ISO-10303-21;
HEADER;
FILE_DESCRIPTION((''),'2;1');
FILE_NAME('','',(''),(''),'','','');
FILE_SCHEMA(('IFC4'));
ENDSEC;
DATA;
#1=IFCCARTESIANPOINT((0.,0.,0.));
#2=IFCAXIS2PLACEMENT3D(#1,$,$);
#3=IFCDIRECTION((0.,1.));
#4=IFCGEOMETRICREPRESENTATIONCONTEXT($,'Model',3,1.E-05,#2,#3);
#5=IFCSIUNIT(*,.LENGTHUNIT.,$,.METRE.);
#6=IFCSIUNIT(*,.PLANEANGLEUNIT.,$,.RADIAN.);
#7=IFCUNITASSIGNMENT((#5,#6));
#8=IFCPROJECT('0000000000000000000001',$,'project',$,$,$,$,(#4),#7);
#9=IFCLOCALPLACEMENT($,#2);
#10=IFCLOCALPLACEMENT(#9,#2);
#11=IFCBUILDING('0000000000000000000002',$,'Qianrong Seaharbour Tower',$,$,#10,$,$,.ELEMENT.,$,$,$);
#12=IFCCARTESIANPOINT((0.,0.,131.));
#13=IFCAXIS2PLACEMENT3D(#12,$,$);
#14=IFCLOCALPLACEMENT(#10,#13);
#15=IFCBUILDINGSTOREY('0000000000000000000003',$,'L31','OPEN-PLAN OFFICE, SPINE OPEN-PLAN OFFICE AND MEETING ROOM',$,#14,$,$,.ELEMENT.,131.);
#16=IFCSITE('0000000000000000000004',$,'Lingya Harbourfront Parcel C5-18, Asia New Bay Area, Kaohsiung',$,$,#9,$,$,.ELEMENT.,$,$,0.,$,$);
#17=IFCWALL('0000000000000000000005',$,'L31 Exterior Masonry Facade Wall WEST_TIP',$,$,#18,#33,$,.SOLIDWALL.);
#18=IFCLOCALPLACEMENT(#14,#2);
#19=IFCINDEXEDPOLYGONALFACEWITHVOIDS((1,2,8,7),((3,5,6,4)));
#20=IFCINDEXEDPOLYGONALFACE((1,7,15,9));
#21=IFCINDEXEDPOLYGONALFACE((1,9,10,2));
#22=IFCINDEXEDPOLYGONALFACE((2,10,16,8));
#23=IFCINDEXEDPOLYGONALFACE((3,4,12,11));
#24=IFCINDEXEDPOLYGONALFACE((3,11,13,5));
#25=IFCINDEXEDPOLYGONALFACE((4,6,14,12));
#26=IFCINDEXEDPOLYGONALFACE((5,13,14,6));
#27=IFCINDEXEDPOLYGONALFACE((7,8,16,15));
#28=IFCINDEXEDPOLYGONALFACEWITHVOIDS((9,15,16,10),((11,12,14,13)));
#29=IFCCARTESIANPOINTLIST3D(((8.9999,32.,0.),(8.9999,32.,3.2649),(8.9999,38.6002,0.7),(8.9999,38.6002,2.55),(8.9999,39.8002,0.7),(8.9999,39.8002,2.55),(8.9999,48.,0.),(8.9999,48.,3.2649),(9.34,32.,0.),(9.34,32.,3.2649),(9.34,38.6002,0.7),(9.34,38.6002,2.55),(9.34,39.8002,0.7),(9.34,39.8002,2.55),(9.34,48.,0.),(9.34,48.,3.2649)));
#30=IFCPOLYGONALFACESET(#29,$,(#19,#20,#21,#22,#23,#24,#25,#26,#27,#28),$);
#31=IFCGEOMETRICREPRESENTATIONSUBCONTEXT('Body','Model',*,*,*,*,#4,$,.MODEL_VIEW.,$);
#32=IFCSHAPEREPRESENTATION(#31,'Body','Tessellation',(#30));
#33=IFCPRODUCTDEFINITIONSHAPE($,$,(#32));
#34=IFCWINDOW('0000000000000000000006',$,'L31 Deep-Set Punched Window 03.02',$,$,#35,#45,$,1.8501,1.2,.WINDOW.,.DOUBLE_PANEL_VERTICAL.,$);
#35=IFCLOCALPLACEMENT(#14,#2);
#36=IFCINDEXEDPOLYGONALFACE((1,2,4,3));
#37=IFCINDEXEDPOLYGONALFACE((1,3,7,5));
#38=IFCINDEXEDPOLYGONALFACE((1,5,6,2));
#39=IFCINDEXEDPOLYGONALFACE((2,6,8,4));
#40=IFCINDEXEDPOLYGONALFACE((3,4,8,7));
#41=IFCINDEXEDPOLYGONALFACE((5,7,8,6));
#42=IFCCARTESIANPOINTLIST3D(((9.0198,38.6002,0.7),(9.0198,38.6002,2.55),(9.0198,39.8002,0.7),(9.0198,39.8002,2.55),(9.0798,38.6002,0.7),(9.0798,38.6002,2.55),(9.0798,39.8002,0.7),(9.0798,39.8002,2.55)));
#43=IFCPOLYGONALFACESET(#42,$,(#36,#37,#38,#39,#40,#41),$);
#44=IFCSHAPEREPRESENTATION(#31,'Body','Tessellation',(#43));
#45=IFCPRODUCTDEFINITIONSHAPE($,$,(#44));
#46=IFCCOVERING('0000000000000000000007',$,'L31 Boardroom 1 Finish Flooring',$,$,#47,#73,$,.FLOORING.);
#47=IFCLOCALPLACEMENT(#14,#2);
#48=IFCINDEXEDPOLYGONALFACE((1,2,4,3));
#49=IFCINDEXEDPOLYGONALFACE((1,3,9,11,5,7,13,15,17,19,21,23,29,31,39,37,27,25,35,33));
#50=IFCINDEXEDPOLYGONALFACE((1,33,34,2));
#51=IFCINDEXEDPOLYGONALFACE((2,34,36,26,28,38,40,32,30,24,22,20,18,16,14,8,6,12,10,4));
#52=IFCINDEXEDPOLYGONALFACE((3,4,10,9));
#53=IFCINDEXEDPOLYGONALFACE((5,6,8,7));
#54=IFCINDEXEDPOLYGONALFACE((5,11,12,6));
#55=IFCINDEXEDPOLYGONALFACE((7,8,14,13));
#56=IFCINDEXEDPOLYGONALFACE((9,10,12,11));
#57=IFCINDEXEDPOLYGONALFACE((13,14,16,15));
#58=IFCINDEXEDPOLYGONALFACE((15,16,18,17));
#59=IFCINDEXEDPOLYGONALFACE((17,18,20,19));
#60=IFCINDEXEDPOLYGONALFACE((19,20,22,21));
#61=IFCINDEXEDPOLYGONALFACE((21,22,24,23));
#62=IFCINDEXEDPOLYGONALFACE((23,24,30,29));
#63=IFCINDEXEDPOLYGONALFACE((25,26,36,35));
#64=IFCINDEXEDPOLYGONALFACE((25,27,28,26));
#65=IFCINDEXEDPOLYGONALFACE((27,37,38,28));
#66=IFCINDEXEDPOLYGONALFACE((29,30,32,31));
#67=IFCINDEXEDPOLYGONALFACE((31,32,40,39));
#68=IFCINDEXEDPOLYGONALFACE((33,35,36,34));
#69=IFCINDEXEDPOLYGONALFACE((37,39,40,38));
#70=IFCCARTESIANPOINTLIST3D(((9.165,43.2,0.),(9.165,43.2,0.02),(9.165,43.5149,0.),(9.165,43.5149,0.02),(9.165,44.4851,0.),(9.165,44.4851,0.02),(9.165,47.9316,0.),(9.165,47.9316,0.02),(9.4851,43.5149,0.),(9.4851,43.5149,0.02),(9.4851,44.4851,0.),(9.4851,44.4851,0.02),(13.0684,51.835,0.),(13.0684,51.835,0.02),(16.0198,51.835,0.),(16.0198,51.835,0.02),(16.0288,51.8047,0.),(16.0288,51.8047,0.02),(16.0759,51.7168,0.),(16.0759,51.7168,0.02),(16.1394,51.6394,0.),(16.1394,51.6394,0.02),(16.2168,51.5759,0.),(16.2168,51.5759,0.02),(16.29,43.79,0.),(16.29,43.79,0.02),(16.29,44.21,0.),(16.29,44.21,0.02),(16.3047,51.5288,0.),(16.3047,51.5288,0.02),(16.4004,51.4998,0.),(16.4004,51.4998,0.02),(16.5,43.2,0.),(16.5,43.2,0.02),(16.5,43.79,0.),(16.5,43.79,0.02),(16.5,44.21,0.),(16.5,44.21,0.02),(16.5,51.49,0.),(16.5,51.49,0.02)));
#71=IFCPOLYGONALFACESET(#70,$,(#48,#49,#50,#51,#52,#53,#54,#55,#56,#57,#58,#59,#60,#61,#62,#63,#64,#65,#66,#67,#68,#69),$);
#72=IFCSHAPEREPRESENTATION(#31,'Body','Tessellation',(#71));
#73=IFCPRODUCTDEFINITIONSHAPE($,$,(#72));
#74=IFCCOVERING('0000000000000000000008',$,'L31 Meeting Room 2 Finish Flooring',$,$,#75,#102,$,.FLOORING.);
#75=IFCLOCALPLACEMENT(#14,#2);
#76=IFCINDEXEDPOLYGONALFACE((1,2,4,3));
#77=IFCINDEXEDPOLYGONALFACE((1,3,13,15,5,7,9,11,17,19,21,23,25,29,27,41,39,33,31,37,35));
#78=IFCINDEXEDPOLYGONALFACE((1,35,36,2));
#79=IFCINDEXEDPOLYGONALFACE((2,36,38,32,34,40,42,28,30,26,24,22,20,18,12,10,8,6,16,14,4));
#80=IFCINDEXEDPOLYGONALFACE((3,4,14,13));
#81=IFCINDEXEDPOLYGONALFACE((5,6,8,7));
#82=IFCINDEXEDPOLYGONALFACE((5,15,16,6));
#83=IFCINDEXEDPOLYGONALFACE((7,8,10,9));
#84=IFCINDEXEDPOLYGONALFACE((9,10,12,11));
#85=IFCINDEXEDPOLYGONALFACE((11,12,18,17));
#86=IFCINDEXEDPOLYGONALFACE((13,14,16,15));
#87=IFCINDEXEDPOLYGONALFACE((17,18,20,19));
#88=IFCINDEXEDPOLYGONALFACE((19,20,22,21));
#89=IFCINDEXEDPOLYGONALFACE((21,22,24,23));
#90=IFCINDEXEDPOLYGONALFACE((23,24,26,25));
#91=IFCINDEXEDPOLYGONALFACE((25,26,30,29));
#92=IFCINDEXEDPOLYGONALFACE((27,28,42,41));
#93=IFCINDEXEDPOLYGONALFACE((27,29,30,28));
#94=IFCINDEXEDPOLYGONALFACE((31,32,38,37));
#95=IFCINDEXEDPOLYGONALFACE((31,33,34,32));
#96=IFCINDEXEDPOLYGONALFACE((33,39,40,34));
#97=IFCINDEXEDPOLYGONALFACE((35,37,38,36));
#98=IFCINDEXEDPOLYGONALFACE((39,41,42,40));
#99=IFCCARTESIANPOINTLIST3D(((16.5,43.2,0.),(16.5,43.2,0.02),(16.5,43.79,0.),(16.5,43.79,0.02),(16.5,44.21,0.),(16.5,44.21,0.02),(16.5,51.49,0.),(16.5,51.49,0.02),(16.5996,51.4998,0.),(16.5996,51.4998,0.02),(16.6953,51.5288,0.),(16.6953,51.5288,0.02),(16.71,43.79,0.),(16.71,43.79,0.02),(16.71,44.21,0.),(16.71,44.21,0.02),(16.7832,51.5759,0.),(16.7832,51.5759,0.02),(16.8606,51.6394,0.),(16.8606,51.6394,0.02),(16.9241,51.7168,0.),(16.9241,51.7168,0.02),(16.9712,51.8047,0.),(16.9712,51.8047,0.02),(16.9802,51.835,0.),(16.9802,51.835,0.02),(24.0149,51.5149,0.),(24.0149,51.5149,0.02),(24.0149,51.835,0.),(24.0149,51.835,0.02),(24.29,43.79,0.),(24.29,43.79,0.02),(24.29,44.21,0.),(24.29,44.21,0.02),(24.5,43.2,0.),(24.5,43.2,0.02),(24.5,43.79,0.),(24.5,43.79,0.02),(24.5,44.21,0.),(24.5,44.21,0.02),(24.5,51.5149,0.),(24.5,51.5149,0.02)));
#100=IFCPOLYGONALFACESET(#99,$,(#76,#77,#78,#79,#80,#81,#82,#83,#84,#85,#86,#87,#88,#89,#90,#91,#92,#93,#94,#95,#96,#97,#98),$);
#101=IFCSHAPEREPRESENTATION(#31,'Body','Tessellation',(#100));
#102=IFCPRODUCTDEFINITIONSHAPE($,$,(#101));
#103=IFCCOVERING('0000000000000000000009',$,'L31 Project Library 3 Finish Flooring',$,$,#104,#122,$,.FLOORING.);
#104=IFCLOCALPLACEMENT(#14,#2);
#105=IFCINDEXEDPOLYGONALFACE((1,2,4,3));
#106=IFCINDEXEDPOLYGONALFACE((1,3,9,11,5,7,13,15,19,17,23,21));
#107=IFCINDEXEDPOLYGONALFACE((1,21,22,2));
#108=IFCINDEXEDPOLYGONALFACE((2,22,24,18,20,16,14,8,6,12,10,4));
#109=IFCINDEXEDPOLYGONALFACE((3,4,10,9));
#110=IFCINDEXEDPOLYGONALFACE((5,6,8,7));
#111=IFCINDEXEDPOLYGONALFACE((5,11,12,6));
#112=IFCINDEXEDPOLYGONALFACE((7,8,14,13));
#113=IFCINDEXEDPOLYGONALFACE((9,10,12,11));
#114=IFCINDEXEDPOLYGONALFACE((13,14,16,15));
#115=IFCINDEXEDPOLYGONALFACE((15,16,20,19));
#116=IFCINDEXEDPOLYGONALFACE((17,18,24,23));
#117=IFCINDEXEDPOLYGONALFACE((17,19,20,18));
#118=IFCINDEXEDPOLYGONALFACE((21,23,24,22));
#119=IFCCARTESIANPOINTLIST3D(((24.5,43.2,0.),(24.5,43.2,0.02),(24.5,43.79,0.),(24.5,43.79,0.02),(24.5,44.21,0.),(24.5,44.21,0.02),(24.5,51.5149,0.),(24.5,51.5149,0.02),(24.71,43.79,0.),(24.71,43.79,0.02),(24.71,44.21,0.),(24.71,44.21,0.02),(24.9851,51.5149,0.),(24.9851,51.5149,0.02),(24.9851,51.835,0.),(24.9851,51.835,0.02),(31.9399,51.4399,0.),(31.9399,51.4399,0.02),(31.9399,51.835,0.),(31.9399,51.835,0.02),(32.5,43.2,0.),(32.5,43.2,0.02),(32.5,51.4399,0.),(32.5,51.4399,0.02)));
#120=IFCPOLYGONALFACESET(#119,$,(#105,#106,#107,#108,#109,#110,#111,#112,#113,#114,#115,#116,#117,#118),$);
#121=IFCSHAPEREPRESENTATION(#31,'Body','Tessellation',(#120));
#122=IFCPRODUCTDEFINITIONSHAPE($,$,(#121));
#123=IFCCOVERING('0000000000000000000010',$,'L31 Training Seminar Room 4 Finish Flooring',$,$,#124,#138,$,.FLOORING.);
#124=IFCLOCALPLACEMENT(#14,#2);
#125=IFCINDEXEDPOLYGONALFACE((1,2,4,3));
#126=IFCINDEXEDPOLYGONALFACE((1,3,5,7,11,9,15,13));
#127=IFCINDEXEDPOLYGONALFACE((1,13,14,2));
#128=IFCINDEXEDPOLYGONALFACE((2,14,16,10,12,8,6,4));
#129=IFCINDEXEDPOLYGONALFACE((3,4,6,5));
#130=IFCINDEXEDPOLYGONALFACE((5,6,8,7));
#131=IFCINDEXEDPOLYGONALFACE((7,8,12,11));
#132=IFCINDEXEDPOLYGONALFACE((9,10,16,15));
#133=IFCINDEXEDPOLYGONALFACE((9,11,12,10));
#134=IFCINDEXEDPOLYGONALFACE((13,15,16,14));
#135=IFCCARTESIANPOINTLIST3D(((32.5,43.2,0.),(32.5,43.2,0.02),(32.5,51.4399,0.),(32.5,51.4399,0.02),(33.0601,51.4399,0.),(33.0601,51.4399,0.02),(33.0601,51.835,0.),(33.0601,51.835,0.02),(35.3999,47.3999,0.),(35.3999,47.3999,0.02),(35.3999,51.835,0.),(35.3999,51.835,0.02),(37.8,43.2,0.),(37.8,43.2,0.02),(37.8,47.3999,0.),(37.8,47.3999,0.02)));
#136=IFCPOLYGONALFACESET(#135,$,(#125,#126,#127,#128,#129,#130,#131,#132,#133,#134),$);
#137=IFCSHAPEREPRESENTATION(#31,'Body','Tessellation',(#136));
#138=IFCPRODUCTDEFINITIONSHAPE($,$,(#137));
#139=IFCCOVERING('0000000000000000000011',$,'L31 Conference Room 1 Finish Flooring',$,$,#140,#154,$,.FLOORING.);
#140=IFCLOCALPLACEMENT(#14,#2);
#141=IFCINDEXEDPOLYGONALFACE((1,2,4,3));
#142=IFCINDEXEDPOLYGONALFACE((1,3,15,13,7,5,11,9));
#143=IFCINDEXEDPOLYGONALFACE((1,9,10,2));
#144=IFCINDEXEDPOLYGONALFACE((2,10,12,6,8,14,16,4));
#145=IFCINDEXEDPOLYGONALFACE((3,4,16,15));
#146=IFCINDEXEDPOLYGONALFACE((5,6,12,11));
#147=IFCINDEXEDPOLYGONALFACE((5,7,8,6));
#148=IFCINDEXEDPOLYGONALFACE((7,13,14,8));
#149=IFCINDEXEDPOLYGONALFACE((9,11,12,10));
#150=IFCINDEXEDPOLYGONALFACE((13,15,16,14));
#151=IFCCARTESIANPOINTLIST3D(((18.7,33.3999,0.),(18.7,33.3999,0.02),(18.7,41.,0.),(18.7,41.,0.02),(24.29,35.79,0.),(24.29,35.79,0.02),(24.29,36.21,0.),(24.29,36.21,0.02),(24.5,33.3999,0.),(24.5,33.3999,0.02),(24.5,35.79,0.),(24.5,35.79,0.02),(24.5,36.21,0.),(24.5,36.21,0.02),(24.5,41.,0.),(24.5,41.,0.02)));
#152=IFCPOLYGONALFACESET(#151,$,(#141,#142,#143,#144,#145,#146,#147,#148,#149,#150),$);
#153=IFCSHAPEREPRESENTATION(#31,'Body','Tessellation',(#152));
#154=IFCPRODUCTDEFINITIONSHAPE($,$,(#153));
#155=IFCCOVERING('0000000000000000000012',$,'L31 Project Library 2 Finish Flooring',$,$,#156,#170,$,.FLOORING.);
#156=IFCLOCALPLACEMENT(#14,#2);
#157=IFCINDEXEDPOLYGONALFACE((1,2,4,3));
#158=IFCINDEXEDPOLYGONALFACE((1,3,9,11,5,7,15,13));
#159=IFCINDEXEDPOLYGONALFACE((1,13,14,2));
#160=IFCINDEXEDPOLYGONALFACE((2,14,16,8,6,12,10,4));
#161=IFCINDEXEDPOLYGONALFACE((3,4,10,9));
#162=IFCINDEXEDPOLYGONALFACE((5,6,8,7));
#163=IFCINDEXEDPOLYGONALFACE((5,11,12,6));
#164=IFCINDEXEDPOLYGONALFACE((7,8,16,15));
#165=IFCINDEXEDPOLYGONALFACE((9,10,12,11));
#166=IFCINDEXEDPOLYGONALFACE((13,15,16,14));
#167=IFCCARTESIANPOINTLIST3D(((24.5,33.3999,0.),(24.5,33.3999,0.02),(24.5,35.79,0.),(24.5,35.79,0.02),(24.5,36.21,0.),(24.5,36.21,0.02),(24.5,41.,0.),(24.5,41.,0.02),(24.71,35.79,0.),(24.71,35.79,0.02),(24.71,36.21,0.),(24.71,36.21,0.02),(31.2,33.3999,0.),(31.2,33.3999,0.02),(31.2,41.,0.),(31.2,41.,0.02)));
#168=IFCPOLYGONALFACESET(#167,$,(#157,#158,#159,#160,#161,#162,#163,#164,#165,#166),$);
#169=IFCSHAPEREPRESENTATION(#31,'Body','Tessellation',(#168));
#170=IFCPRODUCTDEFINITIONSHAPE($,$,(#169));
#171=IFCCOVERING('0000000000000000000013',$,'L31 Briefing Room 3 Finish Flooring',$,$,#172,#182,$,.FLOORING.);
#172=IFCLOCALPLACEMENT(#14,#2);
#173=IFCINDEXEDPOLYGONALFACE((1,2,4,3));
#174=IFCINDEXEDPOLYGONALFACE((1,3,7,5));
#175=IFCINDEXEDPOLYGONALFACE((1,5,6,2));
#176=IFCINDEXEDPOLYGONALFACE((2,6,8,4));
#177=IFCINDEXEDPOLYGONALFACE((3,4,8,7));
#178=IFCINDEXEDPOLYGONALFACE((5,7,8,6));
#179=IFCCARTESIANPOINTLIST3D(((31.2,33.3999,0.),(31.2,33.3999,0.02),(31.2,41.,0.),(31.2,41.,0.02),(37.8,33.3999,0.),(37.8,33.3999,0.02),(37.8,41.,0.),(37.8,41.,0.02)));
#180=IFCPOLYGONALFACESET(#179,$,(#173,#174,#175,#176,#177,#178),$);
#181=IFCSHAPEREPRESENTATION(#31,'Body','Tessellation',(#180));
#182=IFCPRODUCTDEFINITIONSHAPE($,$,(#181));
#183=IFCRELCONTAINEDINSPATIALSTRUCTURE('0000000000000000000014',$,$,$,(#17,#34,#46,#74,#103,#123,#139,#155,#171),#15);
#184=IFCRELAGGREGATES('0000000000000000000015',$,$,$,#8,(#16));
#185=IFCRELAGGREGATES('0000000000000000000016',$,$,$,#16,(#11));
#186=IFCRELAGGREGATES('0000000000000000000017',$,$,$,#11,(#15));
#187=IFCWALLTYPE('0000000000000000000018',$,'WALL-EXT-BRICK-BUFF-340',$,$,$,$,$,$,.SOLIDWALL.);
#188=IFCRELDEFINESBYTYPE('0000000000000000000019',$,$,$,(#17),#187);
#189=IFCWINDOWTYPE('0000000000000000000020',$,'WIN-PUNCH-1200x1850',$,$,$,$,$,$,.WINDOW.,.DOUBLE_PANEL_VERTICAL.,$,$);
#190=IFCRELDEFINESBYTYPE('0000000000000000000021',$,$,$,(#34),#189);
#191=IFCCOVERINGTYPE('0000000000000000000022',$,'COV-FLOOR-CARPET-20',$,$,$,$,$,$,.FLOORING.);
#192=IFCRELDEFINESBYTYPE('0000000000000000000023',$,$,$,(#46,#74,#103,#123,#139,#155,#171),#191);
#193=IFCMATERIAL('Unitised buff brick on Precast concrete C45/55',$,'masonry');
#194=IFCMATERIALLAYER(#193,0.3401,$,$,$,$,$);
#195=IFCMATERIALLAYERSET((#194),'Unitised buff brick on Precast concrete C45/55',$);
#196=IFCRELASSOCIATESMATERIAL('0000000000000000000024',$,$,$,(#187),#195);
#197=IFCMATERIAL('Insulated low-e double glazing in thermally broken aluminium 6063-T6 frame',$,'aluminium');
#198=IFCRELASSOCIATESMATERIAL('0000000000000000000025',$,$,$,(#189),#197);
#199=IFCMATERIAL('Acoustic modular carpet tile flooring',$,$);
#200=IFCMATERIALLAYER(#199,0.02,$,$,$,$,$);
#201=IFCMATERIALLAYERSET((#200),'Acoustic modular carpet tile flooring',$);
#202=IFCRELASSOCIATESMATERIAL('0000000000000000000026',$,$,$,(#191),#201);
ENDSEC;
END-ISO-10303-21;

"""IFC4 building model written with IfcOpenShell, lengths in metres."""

from ifc_helpers import new_model, si_unit, direction, frame, frame_2d, origin, place, context, subcontext, project, spatial, polyline, rectangle, outline, extrude, material, layer, layer_set, type_object, element, fill, save


model = new_model("IFC4")

# Units and contexts
model_context = context("Model", 3, precision=1e-05, world=origin(), true_north=direction((0.0, 1.0)))
body_context = subcontext(model_context, "Body", "Model", "MODEL_VIEW")
ifc_project = project(units=[si_unit("LENGTHUNIT", "METRE"), si_unit("PLANEANGLEUNIT", "RADIAN")], contexts=[model_context])

# Site, building, storey
site_placement = place(None, origin())
site = spatial("IfcSite", under=ifc_project, at=site_placement, Name="Lingya Harbourfront Parcel C5-18, Asia New Bay Area, Kaohsiung", CompositionType="ELEMENT", RefElevation=0.0)
building_placement = place(site_placement, origin())
building = spatial("IfcBuilding", under=site, at=building_placement, Name="Qianrong Seaharbour Tower", CompositionType="ELEMENT")
storey_placement = place(building_placement, frame((0.0, 0.0, 131.0)))
storey = spatial("IfcBuildingStorey", under=building, at=storey_placement, Name="L31", Description="OPEN-PLAN OFFICE, SPINE OPEN-PLAN OFFICE AND MEETING ROOM", CompositionType="ELEMENT", Elevation=131.0)

# Shared definitions
ifc_material_1 = material(Name="Unitised buff brick on Precast concrete C45/55", Category="masonry")
ifc_layer_1 = layer(ifc_material_1, 0.3401)
ifc_layer_set_1 = layer_set([ifc_layer_1], Name="Unitised buff brick on Precast concrete C45/55")
wall_type_1 = type_object("IfcWallType", Name="WALL-EXT-BRICK-BUFF-340", PredefinedType="SOLIDWALL", material=ifc_layer_set_1)

# Wall, opening, window
wall_1_placement = place(storey_placement, frame((9.1699, 32.0, 0.0), z_axis=(0.0, 0.0, 1.0), x_axis=(0.0, 1.0, 0.0)))
wall_1 = element("IfcWall", 1, at=wall_1_placement, inside=storey, type_object=wall_type_1, Name="L31 Exterior Masonry Facade Wall WEST_TIP", PredefinedType="SOLIDWALL", context=body_context, shape_type="SweptSolid", body=[
    extrude(rectangle(XDim=16.0, YDim=0.3401, at=frame_2d((8.0, 0.0))), origin(), (0.0, 0.0, 1.0), 3.2649),
])
opening_1_placement = place(wall_1_placement, frame((6.6001, 0.0, 0.7)))
opening_1 = element("IfcOpeningElement", 2, at=opening_1_placement, cuts=wall_1, PredefinedType="OPENING", context=body_context, shape_type="SweptSolid", body=[
    extrude(rectangle(XDim=1.2, YDim=1.8501, at=frame_2d((0.6001, 0.925))), frame((0.0, 0.1802, 0.0), z_axis=(0.0, -1.0, 0.0), x_axis=(1.0, 0.0, 0.0)), (0.0, 0.0, 1.0), 0.3601),
])
ifc_material_2 = material(Name="Insulated low-e double glazing in thermally broken aluminium 6063-T6 frame", Category="aluminium")
window_type = type_object("IfcWindowType", Name="WIN-PUNCH-1200x1850", PartitioningType="DOUBLE_PANEL_VERTICAL", PredefinedType="WINDOW", material=ifc_material_2)
window_placement = place(opening_1_placement, origin())
window = element("IfcWindow", 3, at=window_placement, inside=storey, type_object=window_type, Name="L31 Deep-Set Punched Window 03.02", OverallHeight=1.8501, OverallWidth=1.2, PartitioningType="DOUBLE_PANEL_VERTICAL", PredefinedType="WINDOW", context=body_context, shape_type="SweptSolid", body=[
    extrude(rectangle(XDim=1.2, YDim=1.8501, at=frame_2d((0.6001, 0.925))), frame((0.0, 0.1501, 0.0), z_axis=(0.0, -1.0, 0.0), x_axis=(1.0, 0.0, 0.0)), (0.0, 0.0, 1.0), 0.0601),
])
fill(opening_1, window)

# Coverings
ifc_material_3 = material(Name="Acoustic modular carpet tile flooring")
ifc_layer_2 = layer(ifc_material_3, 0.02)
ifc_layer_set_2 = layer_set([ifc_layer_2], Name="Acoustic modular carpet tile flooring")
covering_type_1 = type_object("IfcCoveringType", Name="COV-FLOOR-CARPET-20", PredefinedType="FLOORING", material=ifc_layer_set_2)
covering_1_placement = place(storey_placement, origin())
element("IfcCovering", 4, at=covering_1_placement, inside=storey, type_object=covering_type_1, Name="L31 Boardroom 1 Finish Flooring", PredefinedType="FLOORING", context=body_context, shape_type="SweptSolid", body=[
    extrude(outline(polyline([(9.165, 43.5149), (9.4851, 43.5149), (9.4851, 44.4851), (9.165, 44.4851), (9.165, 47.9316), (13.0684, 51.835), (16.0198, 51.835), (16.0288, 51.8047), (16.0759, 51.7168), (16.1394, 51.6394), (16.2168, 51.5759), (16.3047, 51.5288), (16.4004, 51.4998), (16.5, 51.49), (16.5, 44.21), (16.29, 44.21), (16.29, 43.79), (16.5, 43.79), (16.5, 43.2), (9.165, 43.2), (9.165, 43.5149)])), origin(), (0.0, 0.0, 1.0), 0.02),
])
covering_2_placement = place(storey_placement, origin())
element("IfcCovering", 5, at=covering_2_placement, inside=storey, type_object=covering_type_1, Name="L31 Meeting Room 2 Finish Flooring", PredefinedType="FLOORING", context=body_context, shape_type="SweptSolid", body=[
    extrude(outline(polyline([(16.5, 43.79), (16.71, 43.79), (16.71, 44.21), (16.5, 44.21), (16.5, 51.49), (16.5996, 51.4998), (16.6953, 51.5288), (16.7832, 51.5759), (16.8606, 51.6394), (16.9241, 51.7168), (16.9712, 51.8047), (16.9802, 51.835), (24.0149, 51.835), (24.0149, 51.5149), (24.5, 51.5149), (24.5, 44.21), (24.29, 44.21), (24.29, 43.79), (24.5, 43.79), (24.5, 43.2), (16.5, 43.2), (16.5, 43.79)])), origin(), (0.0, 0.0, 1.0), 0.02),
])
covering_3_placement = place(storey_placement, origin())
element("IfcCovering", 6, at=covering_3_placement, inside=storey, type_object=covering_type_1, Name="L31 Project Library 3 Finish Flooring", PredefinedType="FLOORING", context=body_context, shape_type="SweptSolid", body=[
    extrude(outline(polyline([(24.5, 43.79), (24.71, 43.79), (24.71, 44.21), (24.5, 44.21), (24.5, 51.5149), (24.9851, 51.5149), (24.9851, 51.835), (31.9399, 51.835), (31.9399, 51.4399), (32.5, 51.4399), (32.5, 43.2), (24.5, 43.2), (24.5, 43.79)])), origin(), (0.0, 0.0, 1.0), 0.02),
])
covering_4_placement = place(storey_placement, origin())
element("IfcCovering", 7, at=covering_4_placement, inside=storey, type_object=covering_type_1, Name="L31 Training Seminar Room 4 Finish Flooring", PredefinedType="FLOORING", context=body_context, shape_type="SweptSolid", body=[
    extrude(outline(polyline([(32.5, 51.4399), (33.0601, 51.4399), (33.0601, 51.835), (35.3999, 51.835), (35.3999, 47.3999), (37.8, 47.3999), (37.8, 43.2), (32.5, 43.2), (32.5, 51.4399)])), origin(), (0.0, 0.0, 1.0), 0.02),
])
covering_5_placement = place(storey_placement, origin())
element("IfcCovering", 8, at=covering_5_placement, inside=storey, type_object=covering_type_1, Name="L31 Conference Room 1 Finish Flooring", PredefinedType="FLOORING", context=body_context, shape_type="SweptSolid", body=[
    extrude(outline(polyline([(24.5, 41.0), (24.5, 36.21), (24.29, 36.21), (24.29, 35.79), (24.5, 35.79), (24.5, 33.3999), (18.7, 33.3999), (18.7, 41.0), (24.5, 41.0)])), origin(), (0.0, 0.0, 1.0), 0.02),
])
covering_6_placement = place(storey_placement, origin())
element("IfcCovering", 9, at=covering_6_placement, inside=storey, type_object=covering_type_1, Name="L31 Project Library 2 Finish Flooring", PredefinedType="FLOORING", context=body_context, shape_type="SweptSolid", body=[
    extrude(outline(polyline([(31.2, 41.0), (31.2, 33.3999), (24.5, 33.3999), (24.5, 35.79), (24.71, 35.79), (24.71, 36.21), (24.5, 36.21), (24.5, 41.0), (31.2, 41.0)])), origin(), (0.0, 0.0, 1.0), 0.02),
])
covering_7_placement = place(storey_placement, origin())
element("IfcCovering", 10, at=covering_7_placement, inside=storey, type_object=covering_type_1, Name="L31 Briefing Room 3 Finish Flooring", PredefinedType="FLOORING", context=body_context, shape_type="SweptSolid", body=[
    extrude(outline(polyline([(37.8, 41.0), (37.8, 33.3999), (31.2, 33.3999), (31.2, 41.0), (37.8, 41.0)])), origin(), (0.0, 0.0, 1.0), 0.02),
])

save(model, "model.ifc")
